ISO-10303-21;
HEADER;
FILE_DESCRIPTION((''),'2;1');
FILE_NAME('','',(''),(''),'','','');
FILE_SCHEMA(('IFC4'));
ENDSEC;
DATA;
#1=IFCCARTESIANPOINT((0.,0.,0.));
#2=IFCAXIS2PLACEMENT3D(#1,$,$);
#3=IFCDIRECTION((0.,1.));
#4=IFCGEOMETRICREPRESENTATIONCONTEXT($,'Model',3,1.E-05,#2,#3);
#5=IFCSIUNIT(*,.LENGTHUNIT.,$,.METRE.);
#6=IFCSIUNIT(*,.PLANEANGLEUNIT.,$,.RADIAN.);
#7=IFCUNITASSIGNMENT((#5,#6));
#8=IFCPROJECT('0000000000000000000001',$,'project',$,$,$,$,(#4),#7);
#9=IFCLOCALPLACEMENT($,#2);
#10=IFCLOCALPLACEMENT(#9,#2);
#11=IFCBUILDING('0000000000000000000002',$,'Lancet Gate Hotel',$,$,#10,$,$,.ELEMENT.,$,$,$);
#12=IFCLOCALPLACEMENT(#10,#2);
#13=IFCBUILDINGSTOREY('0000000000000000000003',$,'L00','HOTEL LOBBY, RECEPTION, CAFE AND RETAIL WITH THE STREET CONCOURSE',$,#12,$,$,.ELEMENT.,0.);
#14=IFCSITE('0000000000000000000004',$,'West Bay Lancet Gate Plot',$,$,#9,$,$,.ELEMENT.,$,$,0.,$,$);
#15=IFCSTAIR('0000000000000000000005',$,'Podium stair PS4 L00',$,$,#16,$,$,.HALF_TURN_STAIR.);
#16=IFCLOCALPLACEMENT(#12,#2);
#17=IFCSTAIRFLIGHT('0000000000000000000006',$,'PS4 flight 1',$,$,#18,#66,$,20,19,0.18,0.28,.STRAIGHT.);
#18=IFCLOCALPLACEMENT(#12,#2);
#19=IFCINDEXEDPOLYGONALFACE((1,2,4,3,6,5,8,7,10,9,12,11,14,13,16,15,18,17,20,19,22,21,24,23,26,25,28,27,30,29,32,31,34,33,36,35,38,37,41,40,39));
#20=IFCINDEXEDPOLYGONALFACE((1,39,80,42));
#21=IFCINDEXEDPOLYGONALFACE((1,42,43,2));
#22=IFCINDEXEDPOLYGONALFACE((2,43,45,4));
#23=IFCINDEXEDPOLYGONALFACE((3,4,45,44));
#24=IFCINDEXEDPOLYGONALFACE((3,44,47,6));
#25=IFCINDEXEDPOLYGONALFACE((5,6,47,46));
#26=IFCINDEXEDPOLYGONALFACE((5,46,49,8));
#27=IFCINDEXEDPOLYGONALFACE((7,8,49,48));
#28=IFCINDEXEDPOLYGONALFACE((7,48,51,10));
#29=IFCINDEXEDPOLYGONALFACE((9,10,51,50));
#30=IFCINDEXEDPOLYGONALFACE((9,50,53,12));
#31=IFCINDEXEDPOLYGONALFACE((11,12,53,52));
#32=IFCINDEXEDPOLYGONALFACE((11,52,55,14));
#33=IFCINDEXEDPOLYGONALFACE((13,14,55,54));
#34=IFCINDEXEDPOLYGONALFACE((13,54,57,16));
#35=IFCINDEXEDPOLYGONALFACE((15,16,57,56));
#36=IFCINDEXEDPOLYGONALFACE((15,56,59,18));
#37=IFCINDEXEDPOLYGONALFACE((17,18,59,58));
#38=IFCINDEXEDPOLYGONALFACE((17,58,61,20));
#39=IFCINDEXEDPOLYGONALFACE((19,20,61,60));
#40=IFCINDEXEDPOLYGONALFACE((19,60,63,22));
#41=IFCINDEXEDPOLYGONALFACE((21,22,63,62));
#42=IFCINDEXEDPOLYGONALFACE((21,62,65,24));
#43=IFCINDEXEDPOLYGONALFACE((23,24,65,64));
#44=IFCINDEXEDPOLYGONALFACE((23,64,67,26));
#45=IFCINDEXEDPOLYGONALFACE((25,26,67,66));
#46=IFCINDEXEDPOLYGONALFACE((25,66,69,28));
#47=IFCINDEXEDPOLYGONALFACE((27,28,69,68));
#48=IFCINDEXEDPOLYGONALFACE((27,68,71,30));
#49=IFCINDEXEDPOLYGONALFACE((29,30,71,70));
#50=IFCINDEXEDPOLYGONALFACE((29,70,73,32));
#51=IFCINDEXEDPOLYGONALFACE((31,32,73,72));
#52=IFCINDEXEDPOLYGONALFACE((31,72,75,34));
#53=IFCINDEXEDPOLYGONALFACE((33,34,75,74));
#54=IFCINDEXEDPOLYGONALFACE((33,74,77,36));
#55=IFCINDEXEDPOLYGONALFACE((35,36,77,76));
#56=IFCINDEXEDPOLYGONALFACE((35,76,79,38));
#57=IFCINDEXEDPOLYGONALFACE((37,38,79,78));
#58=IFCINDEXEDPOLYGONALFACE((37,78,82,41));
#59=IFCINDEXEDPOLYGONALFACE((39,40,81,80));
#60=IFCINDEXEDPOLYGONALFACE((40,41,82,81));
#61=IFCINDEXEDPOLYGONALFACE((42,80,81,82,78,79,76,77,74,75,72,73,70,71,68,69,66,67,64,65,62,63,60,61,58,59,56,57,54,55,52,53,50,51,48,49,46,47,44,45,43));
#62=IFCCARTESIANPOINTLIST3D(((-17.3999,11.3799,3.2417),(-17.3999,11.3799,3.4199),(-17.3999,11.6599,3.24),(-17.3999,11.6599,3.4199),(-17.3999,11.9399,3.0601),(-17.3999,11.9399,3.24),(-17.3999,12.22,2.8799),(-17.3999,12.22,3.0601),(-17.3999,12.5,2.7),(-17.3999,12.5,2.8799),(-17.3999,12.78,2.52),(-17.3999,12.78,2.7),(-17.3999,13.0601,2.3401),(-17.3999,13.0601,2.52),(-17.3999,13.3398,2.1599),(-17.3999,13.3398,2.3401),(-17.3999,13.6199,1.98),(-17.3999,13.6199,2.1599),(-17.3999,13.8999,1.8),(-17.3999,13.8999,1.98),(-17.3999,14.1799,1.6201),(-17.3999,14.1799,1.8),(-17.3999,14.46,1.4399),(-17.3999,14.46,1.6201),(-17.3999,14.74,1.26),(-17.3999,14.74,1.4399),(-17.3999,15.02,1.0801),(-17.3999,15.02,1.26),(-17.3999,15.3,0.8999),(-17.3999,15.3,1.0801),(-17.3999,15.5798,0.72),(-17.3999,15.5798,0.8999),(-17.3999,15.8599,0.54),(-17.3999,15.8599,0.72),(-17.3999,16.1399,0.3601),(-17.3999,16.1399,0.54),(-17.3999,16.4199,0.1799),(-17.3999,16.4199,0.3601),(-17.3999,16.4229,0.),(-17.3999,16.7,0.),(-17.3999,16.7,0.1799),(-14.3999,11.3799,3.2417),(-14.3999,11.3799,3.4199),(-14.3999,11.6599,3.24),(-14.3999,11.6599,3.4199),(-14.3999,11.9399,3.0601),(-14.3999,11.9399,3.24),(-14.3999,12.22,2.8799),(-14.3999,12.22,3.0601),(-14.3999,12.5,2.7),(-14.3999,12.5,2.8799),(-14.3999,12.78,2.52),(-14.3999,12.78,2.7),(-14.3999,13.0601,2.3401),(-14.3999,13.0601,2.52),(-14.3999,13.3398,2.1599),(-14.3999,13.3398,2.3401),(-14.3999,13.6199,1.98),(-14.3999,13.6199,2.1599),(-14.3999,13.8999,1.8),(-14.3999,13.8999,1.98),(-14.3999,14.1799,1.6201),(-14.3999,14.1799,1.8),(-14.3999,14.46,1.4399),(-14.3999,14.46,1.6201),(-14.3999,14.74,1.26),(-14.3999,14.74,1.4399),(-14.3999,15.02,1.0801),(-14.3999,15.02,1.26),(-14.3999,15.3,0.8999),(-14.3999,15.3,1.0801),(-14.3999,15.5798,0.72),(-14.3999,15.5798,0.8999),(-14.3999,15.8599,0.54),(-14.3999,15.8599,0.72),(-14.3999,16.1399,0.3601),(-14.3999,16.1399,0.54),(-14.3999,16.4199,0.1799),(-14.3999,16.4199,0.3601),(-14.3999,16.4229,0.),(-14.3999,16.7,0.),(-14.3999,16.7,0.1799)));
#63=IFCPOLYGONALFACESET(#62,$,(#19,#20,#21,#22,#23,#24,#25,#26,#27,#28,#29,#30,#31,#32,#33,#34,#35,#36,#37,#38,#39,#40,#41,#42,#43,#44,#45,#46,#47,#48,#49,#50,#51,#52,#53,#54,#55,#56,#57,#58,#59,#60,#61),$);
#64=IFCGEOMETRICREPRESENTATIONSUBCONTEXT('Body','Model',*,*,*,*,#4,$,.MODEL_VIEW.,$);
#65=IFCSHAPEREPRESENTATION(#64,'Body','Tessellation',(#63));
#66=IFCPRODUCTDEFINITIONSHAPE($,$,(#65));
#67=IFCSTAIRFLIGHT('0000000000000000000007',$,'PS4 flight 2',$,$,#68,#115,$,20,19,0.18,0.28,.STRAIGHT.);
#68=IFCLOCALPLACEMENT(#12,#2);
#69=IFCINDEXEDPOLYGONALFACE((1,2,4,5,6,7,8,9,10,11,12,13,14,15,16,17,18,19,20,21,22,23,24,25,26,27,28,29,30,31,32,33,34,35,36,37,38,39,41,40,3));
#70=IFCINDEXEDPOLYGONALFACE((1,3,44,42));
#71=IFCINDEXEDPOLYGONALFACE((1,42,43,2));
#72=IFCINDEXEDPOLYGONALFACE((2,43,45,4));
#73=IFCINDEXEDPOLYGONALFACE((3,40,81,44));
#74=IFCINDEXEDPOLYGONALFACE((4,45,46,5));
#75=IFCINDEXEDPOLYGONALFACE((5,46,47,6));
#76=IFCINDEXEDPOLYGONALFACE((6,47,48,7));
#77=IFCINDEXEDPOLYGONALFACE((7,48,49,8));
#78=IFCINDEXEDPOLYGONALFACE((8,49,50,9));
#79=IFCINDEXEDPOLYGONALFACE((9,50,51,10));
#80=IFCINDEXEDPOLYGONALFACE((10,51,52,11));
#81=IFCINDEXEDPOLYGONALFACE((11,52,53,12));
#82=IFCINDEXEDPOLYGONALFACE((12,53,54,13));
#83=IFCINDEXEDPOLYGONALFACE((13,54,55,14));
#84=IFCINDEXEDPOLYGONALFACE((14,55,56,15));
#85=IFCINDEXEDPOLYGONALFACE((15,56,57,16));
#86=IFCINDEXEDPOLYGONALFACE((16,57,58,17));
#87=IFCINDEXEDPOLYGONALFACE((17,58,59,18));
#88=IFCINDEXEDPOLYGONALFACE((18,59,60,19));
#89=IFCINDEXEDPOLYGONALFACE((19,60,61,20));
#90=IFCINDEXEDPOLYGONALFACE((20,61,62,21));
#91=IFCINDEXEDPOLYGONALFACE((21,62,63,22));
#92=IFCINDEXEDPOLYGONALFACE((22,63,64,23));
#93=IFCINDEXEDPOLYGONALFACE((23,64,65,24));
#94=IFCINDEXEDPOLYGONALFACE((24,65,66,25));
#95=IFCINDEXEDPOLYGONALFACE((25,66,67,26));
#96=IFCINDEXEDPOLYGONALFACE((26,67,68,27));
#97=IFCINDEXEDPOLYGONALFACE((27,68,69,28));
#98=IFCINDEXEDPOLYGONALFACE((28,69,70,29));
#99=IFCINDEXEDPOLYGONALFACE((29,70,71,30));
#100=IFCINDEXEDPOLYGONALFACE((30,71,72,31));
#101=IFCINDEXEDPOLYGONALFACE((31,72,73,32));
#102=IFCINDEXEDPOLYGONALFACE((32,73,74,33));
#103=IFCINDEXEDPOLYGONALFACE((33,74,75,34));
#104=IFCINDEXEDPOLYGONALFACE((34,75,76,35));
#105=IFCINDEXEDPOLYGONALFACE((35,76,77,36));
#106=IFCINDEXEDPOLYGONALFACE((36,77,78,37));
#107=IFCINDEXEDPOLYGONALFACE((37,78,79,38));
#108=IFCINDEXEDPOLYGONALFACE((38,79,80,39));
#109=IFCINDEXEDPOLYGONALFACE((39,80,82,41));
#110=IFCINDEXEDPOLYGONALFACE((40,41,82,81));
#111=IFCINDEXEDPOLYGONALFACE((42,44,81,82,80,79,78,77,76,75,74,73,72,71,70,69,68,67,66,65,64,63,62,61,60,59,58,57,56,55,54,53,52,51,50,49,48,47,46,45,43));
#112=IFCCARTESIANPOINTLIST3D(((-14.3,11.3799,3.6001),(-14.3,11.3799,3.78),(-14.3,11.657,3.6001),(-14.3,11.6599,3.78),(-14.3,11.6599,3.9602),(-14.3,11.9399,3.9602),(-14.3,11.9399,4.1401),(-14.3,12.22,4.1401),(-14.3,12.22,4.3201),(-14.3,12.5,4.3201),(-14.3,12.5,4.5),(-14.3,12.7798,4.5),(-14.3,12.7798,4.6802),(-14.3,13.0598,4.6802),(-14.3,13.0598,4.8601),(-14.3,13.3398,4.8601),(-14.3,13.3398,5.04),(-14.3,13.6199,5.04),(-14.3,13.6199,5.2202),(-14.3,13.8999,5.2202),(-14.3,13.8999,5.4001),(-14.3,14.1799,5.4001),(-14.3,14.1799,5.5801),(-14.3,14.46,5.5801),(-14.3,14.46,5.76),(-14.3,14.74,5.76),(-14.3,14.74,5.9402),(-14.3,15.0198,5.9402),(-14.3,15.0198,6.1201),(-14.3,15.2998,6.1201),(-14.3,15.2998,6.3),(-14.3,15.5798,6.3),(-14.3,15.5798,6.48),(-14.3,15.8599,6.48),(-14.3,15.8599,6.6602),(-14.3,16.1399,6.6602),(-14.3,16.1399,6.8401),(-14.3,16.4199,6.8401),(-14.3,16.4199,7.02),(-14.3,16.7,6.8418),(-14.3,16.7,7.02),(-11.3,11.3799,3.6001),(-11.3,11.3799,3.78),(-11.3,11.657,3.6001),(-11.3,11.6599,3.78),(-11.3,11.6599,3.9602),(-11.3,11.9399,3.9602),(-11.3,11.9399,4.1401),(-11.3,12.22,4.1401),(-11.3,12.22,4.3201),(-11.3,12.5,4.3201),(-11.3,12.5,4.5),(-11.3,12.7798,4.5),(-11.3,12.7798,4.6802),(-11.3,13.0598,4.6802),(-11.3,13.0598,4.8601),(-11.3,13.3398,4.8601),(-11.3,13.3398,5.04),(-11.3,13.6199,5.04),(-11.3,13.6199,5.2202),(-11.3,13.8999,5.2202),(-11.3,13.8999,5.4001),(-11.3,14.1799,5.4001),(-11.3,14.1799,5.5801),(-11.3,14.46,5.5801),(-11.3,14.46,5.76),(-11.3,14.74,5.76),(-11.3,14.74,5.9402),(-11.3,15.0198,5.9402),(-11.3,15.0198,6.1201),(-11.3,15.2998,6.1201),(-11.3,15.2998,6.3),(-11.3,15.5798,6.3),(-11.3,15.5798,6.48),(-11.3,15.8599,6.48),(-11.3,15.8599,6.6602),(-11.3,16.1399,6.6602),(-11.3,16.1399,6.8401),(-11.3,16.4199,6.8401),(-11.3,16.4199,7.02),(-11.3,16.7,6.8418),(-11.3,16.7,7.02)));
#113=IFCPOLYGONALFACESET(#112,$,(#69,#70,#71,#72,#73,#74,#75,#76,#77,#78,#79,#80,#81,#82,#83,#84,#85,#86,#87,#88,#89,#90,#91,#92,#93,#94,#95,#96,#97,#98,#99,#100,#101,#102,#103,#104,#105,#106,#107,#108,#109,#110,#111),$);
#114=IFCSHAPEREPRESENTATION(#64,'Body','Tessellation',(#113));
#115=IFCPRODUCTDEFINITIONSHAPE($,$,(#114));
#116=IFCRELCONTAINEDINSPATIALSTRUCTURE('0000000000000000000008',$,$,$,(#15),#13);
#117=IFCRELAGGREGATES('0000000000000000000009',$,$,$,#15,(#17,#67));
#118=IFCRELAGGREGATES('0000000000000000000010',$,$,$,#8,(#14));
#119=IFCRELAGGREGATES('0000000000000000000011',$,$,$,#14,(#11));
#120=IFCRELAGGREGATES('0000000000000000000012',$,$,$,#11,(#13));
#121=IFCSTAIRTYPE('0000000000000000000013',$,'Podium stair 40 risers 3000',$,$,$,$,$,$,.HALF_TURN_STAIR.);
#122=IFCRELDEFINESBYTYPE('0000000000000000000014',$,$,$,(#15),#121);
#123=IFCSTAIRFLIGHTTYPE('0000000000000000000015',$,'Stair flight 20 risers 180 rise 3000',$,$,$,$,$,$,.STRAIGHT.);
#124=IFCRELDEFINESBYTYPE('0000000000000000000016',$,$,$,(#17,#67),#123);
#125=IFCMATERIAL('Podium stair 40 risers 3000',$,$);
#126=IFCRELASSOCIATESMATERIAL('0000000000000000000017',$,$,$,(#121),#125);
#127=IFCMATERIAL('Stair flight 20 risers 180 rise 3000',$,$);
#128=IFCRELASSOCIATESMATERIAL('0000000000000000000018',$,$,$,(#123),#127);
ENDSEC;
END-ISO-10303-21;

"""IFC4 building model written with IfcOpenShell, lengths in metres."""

from ifc_helpers import new_model, si_unit, direction, frame, origin, place, context, subcontext, project, spatial, polyline, outline, extrude, material, type_object, element, aggregate, save


model = new_model("IFC4")

# Units and contexts
model_context = context("Model", 3, precision=1e-05, world=origin(), true_north=direction((0.0, 1.0)))
body_context = subcontext(model_context, "Body", "Model", "MODEL_VIEW")
ifc_project = project(units=[si_unit("LENGTHUNIT", "METRE"), si_unit("PLANEANGLEUNIT", "RADIAN")], contexts=[model_context])

# Site, building, storey
site_placement = place(None, origin())
site = spatial("IfcSite", under=ifc_project, at=site_placement, Name="West Bay Lancet Gate Plot", CompositionType="ELEMENT", RefElevation=0.0)
building_placement = place(site_placement, origin())
building = spatial("IfcBuilding", under=site, at=building_placement, Name="Lancet Gate Hotel", CompositionType="ELEMENT")
storey_placement = place(building_placement, origin())
storey = spatial("IfcBuildingStorey", under=building, at=storey_placement, Name="L00", Description="HOTEL LOBBY, RECEPTION, CAFE AND RETAIL WITH THE STREET CONCOURSE", CompositionType="ELEMENT", Elevation=0.0)

# Stair, stair flights
ifc_material_1 = material(Name="Podium stair 40 risers 3000")
stair_type = type_object("IfcStairType", Name="Podium stair 40 risers 3000", PredefinedType="HALF_TURN_STAIR", material=ifc_material_1)
stair_placement = place(storey_placement, origin())
stair = element("IfcStair", 1, at=stair_placement, inside=storey, type_object=stair_type, Name="Podium stair PS4 L00", PredefinedType="HALF_TURN_STAIR")
ifc_material_2 = material(Name="Stair flight 20 risers 180 rise 3000")
stair_flight_type = type_object("IfcStairFlightType", Name="Stair flight 20 risers 180 rise 3000", PredefinedType="STRAIGHT", material=ifc_material_2)
stair_flight_1_placement = place(storey_placement, frame((-15.8999, 16.7, 0.0), z_axis=(0.0, 0.0, 1.0), x_axis=(0.0, -1.0, 0.0)))
stair_flight_1 = element("IfcStairFlight", 2, at=stair_flight_1_placement, type_object=stair_flight_type, Name="PS4 flight 1", NumberOfRisers=20, NumberOfTreads=19, PredefinedType="STRAIGHT", RiserHeight=0.18, TreadLength=0.28, context=body_context, shape_type="SweptSolid", body=[
    extrude(outline(polyline([(0.0, 0.0), (0.0, 0.1799), (0.28, 0.1799), (0.28, 0.3601), (0.5601, 0.3601), (0.5601, 0.54), (0.8401, 0.54), (0.8401, 0.72), (1.1201, 0.72), (1.1201, 0.8999), (1.3999, 0.8999), (1.3999, 1.0801), (1.6799, 1.0801), (1.6799, 1.26), (1.96, 1.26), (1.96, 1.4399), (2.24, 1.4399), (2.24, 1.6201), (2.52, 1.6201), (2.52, 1.8), (2.8, 1.8), (2.8, 1.98), (3.0801, 1.98), (3.0801, 2.1599), (3.3601, 2.1599), (3.3601, 2.3401), (3.6399, 2.3401), (3.6399, 2.52), (3.9199, 2.52), (3.9199, 2.7), (4.2, 2.7), (4.2, 2.8799), (4.48, 2.8799), (4.48, 3.0601), (4.76, 3.0601), (4.76, 3.24), (5.04, 3.24), (5.04, 3.4199), (5.3201, 3.4199), (5.3201, 3.6001), (5.3201, 3.2417), (0.2771, 0.0), (0.0, 0.0)])), frame((0.0, 1.5, 0.0), z_axis=(0.0, -1.0, 0.0), x_axis=(1.0, 0.0, 0.0)), (0.0, 0.0, 1.0), 3.0),
])
stair_flight_2_placement = place(storey_placement, frame((-12.8, 11.3799, 3.6001), z_axis=(0.0, 0.0, 1.0), x_axis=(0.0, 1.0, 0.0)))
stair_flight_2 = element("IfcStairFlight", 3, at=stair_flight_2_placement, type_object=stair_flight_type, Name="PS4 flight 2", NumberOfRisers=20, NumberOfTreads=19, PredefinedType="STRAIGHT", RiserHeight=0.18, TreadLength=0.28, context=body_context, shape_type="SweptSolid", body=[
    extrude(outline(polyline([(0.0, 0.0), (0.0, 0.1799), (0.28, 0.1799), (0.28, 0.3601), (0.5601, 0.3601), (0.5601, 0.54), (0.8401, 0.54), (0.8401, 0.72), (1.1201, 0.72), (1.1201, 0.8999), (1.3999, 0.8999), (1.3999, 1.0801), (1.6799, 1.0801), (1.6799, 1.26), (1.96, 1.26), (1.96, 1.4399), (2.24, 1.4399), (2.24, 1.6201), (2.52, 1.6201), (2.52, 1.8), (2.8, 1.8), (2.8, 1.98), (3.0801, 1.98), (3.0801, 2.1599), (3.3601, 2.1599), (3.3601, 2.3401), (3.6399, 2.3401), (3.6399, 2.52), (3.9199, 2.52), (3.9199, 2.7), (4.2, 2.7), (4.2, 2.8799), (4.48, 2.8799), (4.48, 3.0601), (4.76, 3.0601), (4.76, 3.24), (5.04, 3.24), (5.04, 3.4199), (5.3201, 3.4199), (5.3201, 3.6001), (5.3201, 3.2417), (0.2771, 0.0), (0.0, 0.0)])), frame((0.0, 1.5, 0.0), z_axis=(0.0, -1.0, 0.0), x_axis=(1.0, 0.0, 0.0)), (0.0, 0.0, 1.0), 3.0),
])
aggregate(stair, [stair_flight_1, stair_flight_2])

save(model, "model.ifc")
